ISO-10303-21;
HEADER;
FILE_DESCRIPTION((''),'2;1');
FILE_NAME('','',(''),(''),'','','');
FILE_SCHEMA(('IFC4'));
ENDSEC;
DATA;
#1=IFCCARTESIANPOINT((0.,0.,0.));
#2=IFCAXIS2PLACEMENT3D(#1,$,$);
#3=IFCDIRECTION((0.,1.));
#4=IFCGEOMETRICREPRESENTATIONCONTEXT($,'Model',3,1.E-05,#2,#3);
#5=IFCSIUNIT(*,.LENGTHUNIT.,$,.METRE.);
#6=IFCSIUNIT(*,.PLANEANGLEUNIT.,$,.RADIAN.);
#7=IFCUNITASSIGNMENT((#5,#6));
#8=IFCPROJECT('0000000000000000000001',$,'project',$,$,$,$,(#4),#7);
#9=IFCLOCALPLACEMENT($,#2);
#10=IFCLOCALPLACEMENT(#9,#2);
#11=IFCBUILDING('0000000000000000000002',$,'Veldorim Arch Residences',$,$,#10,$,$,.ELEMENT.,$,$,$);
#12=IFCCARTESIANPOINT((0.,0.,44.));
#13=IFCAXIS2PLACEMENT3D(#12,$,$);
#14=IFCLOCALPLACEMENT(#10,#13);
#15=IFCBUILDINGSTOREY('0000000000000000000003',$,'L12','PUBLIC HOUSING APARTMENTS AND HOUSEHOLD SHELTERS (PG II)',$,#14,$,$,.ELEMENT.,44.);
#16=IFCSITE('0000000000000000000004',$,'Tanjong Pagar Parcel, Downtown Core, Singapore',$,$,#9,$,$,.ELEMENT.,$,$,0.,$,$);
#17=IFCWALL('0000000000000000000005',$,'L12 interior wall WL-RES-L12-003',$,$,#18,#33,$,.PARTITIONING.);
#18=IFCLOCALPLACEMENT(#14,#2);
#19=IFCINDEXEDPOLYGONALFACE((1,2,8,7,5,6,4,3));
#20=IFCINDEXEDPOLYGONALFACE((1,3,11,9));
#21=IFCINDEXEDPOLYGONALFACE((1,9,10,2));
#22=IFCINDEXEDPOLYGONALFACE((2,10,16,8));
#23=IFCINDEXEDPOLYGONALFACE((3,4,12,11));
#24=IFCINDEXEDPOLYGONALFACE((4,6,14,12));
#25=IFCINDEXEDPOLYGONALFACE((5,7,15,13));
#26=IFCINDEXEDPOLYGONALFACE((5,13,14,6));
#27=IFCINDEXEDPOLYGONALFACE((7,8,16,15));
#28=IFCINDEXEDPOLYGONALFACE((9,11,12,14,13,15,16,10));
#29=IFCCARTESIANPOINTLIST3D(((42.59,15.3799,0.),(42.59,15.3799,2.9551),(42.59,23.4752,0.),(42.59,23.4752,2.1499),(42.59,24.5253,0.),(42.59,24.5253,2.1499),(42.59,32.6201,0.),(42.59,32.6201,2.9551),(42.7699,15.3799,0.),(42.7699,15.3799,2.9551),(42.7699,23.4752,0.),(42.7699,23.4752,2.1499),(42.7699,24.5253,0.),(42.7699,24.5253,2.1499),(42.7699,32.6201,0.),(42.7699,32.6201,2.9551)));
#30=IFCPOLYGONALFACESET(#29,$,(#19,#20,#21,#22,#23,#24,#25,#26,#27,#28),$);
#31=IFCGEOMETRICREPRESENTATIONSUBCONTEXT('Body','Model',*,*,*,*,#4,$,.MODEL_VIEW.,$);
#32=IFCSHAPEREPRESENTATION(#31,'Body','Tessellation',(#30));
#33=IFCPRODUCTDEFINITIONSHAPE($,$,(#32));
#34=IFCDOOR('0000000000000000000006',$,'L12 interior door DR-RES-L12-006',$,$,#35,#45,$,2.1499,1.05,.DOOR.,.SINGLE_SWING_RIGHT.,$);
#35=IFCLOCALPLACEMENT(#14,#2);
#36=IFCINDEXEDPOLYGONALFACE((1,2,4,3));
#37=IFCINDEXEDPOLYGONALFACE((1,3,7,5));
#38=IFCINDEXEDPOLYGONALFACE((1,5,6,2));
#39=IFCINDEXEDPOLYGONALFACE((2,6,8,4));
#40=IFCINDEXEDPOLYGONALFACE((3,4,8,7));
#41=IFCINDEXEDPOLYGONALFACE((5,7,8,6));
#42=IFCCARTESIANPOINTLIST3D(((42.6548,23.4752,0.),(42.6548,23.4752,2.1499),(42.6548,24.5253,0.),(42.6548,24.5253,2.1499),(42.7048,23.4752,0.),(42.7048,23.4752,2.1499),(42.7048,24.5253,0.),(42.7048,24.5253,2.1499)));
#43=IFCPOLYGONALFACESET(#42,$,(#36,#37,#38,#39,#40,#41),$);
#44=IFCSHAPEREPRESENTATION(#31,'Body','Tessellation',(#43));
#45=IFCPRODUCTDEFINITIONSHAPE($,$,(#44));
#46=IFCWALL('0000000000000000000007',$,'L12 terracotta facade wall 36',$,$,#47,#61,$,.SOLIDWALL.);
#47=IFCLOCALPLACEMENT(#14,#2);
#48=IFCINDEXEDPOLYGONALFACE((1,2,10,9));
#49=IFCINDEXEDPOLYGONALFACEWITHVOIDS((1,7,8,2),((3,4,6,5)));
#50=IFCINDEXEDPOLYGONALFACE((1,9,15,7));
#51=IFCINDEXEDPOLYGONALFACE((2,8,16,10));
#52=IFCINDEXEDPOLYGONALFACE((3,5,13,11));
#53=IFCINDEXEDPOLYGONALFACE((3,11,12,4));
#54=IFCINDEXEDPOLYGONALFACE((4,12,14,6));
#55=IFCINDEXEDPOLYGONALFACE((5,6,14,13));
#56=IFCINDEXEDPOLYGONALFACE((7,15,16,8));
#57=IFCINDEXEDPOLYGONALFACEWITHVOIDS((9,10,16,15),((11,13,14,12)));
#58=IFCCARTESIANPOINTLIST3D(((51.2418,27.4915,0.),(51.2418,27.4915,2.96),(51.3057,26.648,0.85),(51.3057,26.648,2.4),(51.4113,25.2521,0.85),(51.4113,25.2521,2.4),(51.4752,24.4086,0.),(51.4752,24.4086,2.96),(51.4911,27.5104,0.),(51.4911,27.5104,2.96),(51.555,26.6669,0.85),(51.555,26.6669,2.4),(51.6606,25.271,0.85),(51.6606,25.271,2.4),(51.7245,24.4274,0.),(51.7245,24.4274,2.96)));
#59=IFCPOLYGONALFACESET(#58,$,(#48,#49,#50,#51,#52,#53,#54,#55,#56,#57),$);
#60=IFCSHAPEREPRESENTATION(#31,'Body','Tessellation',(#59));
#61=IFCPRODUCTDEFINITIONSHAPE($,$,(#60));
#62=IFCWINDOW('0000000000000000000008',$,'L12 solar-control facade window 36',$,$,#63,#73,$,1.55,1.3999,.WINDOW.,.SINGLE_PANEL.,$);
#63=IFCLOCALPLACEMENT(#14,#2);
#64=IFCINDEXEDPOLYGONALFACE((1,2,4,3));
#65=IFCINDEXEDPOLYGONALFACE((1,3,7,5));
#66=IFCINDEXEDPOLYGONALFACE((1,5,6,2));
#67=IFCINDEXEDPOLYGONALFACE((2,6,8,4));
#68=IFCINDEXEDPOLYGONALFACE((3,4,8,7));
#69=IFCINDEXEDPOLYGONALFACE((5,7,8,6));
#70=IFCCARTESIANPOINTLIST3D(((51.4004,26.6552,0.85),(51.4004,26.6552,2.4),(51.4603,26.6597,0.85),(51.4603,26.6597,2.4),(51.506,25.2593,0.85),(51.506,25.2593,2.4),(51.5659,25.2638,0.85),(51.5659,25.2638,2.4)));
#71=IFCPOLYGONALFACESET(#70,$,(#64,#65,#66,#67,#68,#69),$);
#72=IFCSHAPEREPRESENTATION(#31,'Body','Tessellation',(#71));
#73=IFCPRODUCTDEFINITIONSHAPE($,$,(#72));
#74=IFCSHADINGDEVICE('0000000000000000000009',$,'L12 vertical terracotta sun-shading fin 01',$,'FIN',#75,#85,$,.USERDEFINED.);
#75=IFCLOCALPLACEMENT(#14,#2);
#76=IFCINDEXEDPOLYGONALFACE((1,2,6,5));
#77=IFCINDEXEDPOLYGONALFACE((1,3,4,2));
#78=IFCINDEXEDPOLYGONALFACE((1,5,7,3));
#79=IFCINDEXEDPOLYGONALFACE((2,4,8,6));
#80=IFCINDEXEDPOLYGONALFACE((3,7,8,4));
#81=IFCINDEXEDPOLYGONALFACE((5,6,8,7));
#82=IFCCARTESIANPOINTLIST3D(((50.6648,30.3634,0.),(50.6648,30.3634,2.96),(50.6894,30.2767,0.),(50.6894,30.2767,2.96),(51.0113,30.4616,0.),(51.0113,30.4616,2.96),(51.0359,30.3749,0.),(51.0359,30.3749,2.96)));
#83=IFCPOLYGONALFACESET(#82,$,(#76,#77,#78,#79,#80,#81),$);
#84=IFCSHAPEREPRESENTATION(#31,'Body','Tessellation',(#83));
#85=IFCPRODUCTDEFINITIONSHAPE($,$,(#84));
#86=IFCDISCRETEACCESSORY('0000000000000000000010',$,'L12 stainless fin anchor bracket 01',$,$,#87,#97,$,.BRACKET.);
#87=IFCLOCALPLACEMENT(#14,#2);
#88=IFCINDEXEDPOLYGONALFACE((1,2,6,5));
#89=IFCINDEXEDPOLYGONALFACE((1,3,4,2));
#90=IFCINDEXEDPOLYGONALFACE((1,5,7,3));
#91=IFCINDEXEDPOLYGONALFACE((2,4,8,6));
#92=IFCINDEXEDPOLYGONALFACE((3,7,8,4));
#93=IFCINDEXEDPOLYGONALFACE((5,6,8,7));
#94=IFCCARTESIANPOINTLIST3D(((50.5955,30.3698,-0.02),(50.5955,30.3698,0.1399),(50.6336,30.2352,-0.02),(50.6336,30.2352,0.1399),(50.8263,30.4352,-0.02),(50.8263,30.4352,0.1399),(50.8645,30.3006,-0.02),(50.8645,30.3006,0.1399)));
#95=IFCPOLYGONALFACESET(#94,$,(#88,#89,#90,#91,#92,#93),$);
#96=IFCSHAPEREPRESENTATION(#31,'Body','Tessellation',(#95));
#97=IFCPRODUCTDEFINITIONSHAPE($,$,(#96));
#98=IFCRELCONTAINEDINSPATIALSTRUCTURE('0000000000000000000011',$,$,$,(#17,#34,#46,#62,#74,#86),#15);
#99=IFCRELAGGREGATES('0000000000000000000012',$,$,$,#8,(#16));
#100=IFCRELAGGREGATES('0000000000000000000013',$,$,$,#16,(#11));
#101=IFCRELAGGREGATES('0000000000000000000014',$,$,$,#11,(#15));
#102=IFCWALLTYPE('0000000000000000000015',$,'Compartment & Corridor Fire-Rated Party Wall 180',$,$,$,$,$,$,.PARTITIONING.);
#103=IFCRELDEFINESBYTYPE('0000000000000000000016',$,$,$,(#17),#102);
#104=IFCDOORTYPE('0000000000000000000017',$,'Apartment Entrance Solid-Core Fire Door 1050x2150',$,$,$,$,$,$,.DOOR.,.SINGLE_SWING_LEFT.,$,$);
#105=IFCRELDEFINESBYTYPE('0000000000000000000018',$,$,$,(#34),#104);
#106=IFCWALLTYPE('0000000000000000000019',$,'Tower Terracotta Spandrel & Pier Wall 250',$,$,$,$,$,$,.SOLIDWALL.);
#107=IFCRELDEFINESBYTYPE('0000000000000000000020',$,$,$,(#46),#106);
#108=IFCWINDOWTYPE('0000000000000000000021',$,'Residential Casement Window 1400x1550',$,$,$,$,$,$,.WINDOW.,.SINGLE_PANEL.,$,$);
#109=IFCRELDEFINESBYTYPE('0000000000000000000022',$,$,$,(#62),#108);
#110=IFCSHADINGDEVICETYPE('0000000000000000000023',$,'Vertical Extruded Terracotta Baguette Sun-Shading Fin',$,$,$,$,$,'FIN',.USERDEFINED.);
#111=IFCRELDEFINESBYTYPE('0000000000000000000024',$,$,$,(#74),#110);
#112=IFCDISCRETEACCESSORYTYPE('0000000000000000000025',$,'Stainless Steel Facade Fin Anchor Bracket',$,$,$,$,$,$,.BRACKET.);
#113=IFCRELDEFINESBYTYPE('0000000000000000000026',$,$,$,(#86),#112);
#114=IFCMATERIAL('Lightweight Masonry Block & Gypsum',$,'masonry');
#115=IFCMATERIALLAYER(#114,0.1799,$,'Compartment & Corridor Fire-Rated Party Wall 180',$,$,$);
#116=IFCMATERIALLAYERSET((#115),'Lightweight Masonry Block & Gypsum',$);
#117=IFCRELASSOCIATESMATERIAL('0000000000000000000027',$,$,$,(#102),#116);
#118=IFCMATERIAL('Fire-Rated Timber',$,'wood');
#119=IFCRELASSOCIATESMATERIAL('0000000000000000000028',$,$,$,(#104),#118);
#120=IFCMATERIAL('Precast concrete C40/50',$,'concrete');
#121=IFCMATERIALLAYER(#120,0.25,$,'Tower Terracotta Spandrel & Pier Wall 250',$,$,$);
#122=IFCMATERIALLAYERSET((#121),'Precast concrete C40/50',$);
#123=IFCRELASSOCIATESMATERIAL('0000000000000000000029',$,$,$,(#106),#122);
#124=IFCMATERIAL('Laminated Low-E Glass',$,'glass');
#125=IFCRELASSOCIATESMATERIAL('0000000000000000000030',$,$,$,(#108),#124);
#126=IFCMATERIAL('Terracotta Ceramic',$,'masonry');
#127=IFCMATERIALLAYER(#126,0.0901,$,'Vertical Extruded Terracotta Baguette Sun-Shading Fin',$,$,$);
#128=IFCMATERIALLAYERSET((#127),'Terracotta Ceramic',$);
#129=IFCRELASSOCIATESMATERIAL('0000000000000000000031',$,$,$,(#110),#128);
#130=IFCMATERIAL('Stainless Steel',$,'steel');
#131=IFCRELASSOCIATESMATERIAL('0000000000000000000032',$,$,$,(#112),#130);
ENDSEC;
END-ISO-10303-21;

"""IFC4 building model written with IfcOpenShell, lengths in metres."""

from ifc_helpers import new_model, si_unit, direction, frame, frame_2d, origin, origin_2d, place, context, subcontext, project, spatial, rectangle, extrude, material, layer, layer_set, type_object, element, fill, save


model = new_model("IFC4")

# Units and contexts
model_context = context("Model", 3, precision=1e-05, world=origin(), true_north=direction((0.0, 1.0)))
body_context = subcontext(model_context, "Body", "Model", "MODEL_VIEW")
ifc_project = project(units=[si_unit("LENGTHUNIT", "METRE"), si_unit("PLANEANGLEUNIT", "RADIAN")], contexts=[model_context])

# Site, building, storey
site_placement = place(None, origin())
site = spatial("IfcSite", under=ifc_project, at=site_placement, Name="Tanjong Pagar Parcel, Downtown Core, Singapore", CompositionType="ELEMENT", RefElevation=0.0)
building_placement = place(site_placement, origin())
building = spatial("IfcBuilding", under=site, at=building_placement, Name="Veldorim Arch Residences", CompositionType="ELEMENT")
storey_placement = place(building_placement, frame((0.0, 0.0, 44.0)))
storey = spatial("IfcBuildingStorey", under=building, at=storey_placement, Name="L12", Description="PUBLIC HOUSING APARTMENTS AND HOUSEHOLD SHELTERS (PG II)", CompositionType="ELEMENT", Elevation=44.0)

# Shared definitions
ifc_material_1 = material(Name="Lightweight Masonry Block & Gypsum", Category="masonry")
ifc_layer_1 = layer(ifc_material_1, 0.1799, Name="Compartment & Corridor Fire-Rated Party Wall 180")
ifc_layer_set_1 = layer_set([ifc_layer_1], Name="Lightweight Masonry Block & Gypsum")
wall_type_1 = type_object("IfcWallType", Name="Compartment & Corridor Fire-Rated Party Wall 180", PredefinedType="PARTITIONING", material=ifc_layer_set_1)

# Wall, opening, door
wall_1_placement = place(storey_placement, frame((42.6799, 32.6201, 0.0), z_axis=(0.0, 0.0, 1.0), x_axis=(0.0, -1.0, 0.0)))
wall_1 = element("IfcWall", 1, at=wall_1_placement, inside=storey, type_object=wall_type_1, Name="L12 interior wall WL-RES-L12-003", PredefinedType="PARTITIONING", context=body_context, shape_type="SweptSolid", body=[
    extrude(rectangle(XDim=17.2402, YDim=0.1799, at=frame_2d((8.6201, 0.0))), origin(), (0.0, 0.0, 1.0), 2.9551),
])
opening_1_placement = place(wall_1_placement, frame((8.095, 0.0, 0.0)))
opening_1 = element("IfcOpeningElement", 2, at=opening_1_placement, cuts=wall_1, PredefinedType="OPENING", context=body_context, shape_type="SweptSolid", body=[
    extrude(rectangle(XDim=1.05, YDim=2.1499, at=frame_2d((0.5249, 1.075))), frame((0.0, 0.0999, 0.0), z_axis=(0.0, -1.0, 0.0), x_axis=(1.0, 0.0, 0.0)), (0.0, 0.0, 1.0), 0.2),
])
ifc_material_2 = material(Name="Fire-Rated Timber", Category="wood")
door_type = type_object("IfcDoorType", Name="Apartment Entrance Solid-Core Fire Door 1050x2150", OperationType="SINGLE_SWING_LEFT", PredefinedType="DOOR", material=ifc_material_2)
door_placement = place(opening_1_placement, origin())
door = element("IfcDoor", 3, at=door_placement, inside=storey, type_object=door_type, Name="L12 interior door DR-RES-L12-006", OperationType="SINGLE_SWING_RIGHT", OverallHeight=2.1499, OverallWidth=1.05, PredefinedType="DOOR", context=body_context, shape_type="SweptSolid", body=[
    extrude(rectangle(XDim=1.05, YDim=2.1499, at=frame_2d((0.5249, 1.075))), frame((0.0, 0.0249, 0.0), z_axis=(0.0, -1.0, 0.0), x_axis=(1.0, 0.0, 0.0)), (0.0, 0.0, 1.0), 0.05),
])
fill(opening_1, door)

# Wall, opening, window
ifc_material_3 = material(Name="Precast concrete C40/50", Category="concrete")
ifc_layer_2 = layer(ifc_material_3, 0.25, Name="Tower Terracotta Spandrel & Pier Wall 250")
ifc_layer_set_2 = layer_set([ifc_layer_2], Name="Precast concrete C40/50")
wall_type_2 = type_object("IfcWallType", Name="Tower Terracotta Spandrel & Pier Wall 250", PredefinedType="SOLIDWALL", material=ifc_layer_set_2)
wall_2_placement = place(storey_placement, frame((51.3665, 27.501, 0.0), z_axis=(0.0, 0.0, 1.0), x_axis=(0.075489, -0.997147, 0.0)))
wall_2 = element("IfcWall", 4, at=wall_2_placement, inside=storey, type_object=wall_type_2, Name="L12 terracotta facade wall 36", PredefinedType="SOLIDWALL", context=body_context, shape_type="SweptSolid", body=[
    extrude(rectangle(XDim=3.0918, YDim=0.25, at=frame_2d((1.5459, 0.0))), origin(), (0.0, 0.0, 1.0), 2.96),
])
opening_2_placement = place(wall_2_placement, frame((0.8459, 0.0, 0.8501)))
opening_2 = element("IfcOpeningElement", 5, at=opening_2_placement, cuts=wall_2, PredefinedType="OPENING", context=body_context, shape_type="SweptSolid", body=[
    extrude(rectangle(XDim=1.3999, YDim=1.55, at=frame_2d((0.7, 0.7749))), frame((0.0, 0.135, 0.0), z_axis=(0.0, -1.0, 0.0), x_axis=(1.0, 0.0, 0.0)), (0.0, 0.0, 1.0), 0.27),
])
ifc_material_4 = material(Name="Laminated Low-E Glass", Category="glass")
window_type = type_object("IfcWindowType", Name="Residential Casement Window 1400x1550", PartitioningType="SINGLE_PANEL", PredefinedType="WINDOW", material=ifc_material_4)
window_placement = place(opening_2_placement, origin())
window = element("IfcWindow", 6, at=window_placement, inside=storey, type_object=window_type, Name="L12 solar-control facade window 36", OverallHeight=1.55, OverallWidth=1.3999, PartitioningType="SINGLE_PANEL", PredefinedType="WINDOW", context=body_context, shape_type="SweptSolid", body=[
    extrude(rectangle(XDim=1.3999, YDim=1.55, at=frame_2d((0.7, 0.7749))), frame((0.0, 0.03, 0.0), z_axis=(0.0, -1.0, 0.0), x_axis=(1.0, 0.0, 0.0)), (0.0, 0.0, 1.0), 0.0601),
])
fill(opening_2, window)

# Shading device
ifc_material_5 = material(Name="Terracotta Ceramic", Category="masonry")
ifc_layer_3 = layer(ifc_material_5, 0.0901, Name="Vertical Extruded Terracotta Baguette Sun-Shading Fin")
ifc_layer_set_3 = layer_set([ifc_layer_3], Name="Terracotta Ceramic")
shading_device_type = type_object("IfcShadingDeviceType", Name="Vertical Extruded Terracotta Baguette Sun-Shading Fin", ElementType="FIN", PredefinedType="USERDEFINED", material=ifc_layer_set_3)
shading_device_placement = place(storey_placement, frame((50.8503, 30.3691, 0.0), z_axis=(0.0, 0.0, 1.0), x_axis=(0.272784, -0.962075, 0.0)))
element("IfcShadingDevice", 7, at=shading_device_placement, inside=storey, type_object=shading_device_type, Name="L12 vertical terracotta sun-shading fin 01", ObjectType="FIN", PredefinedType="USERDEFINED", context=body_context, shape_type="SweptSolid", body=[
    extrude(rectangle(XDim=0.0901, YDim=0.3601, at=origin_2d()), origin(), (0.0, 0.0, 1.0), 2.96),
])

# Discrete accessory
ifc_material_6 = material(Name="Stainless Steel", Category="steel")
discrete_accessory_type = type_object("IfcDiscreteAccessoryType", Name="Stainless Steel Facade Fin Anchor Bracket", PredefinedType="BRACKET", material=ifc_material_6)
discrete_accessory_placement = place(storey_placement, frame((50.73, 30.3352, -0.02), z_axis=(0.0, 0.0, 1.0), x_axis=(0.272784, -0.962075, 0.0)))
element("IfcDiscreteAccessory", 8, at=discrete_accessory_placement, inside=storey, type_object=discrete_accessory_type, Name="L12 stainless fin anchor bracket 01", PredefinedType="BRACKET", context=body_context, shape_type="SweptSolid", body=[
    extrude(rectangle(XDim=0.1399, YDim=0.24, at=origin_2d()), origin(), (0.0, 0.0, 1.0), 0.1599),
])

save(model, "model.ifc")
